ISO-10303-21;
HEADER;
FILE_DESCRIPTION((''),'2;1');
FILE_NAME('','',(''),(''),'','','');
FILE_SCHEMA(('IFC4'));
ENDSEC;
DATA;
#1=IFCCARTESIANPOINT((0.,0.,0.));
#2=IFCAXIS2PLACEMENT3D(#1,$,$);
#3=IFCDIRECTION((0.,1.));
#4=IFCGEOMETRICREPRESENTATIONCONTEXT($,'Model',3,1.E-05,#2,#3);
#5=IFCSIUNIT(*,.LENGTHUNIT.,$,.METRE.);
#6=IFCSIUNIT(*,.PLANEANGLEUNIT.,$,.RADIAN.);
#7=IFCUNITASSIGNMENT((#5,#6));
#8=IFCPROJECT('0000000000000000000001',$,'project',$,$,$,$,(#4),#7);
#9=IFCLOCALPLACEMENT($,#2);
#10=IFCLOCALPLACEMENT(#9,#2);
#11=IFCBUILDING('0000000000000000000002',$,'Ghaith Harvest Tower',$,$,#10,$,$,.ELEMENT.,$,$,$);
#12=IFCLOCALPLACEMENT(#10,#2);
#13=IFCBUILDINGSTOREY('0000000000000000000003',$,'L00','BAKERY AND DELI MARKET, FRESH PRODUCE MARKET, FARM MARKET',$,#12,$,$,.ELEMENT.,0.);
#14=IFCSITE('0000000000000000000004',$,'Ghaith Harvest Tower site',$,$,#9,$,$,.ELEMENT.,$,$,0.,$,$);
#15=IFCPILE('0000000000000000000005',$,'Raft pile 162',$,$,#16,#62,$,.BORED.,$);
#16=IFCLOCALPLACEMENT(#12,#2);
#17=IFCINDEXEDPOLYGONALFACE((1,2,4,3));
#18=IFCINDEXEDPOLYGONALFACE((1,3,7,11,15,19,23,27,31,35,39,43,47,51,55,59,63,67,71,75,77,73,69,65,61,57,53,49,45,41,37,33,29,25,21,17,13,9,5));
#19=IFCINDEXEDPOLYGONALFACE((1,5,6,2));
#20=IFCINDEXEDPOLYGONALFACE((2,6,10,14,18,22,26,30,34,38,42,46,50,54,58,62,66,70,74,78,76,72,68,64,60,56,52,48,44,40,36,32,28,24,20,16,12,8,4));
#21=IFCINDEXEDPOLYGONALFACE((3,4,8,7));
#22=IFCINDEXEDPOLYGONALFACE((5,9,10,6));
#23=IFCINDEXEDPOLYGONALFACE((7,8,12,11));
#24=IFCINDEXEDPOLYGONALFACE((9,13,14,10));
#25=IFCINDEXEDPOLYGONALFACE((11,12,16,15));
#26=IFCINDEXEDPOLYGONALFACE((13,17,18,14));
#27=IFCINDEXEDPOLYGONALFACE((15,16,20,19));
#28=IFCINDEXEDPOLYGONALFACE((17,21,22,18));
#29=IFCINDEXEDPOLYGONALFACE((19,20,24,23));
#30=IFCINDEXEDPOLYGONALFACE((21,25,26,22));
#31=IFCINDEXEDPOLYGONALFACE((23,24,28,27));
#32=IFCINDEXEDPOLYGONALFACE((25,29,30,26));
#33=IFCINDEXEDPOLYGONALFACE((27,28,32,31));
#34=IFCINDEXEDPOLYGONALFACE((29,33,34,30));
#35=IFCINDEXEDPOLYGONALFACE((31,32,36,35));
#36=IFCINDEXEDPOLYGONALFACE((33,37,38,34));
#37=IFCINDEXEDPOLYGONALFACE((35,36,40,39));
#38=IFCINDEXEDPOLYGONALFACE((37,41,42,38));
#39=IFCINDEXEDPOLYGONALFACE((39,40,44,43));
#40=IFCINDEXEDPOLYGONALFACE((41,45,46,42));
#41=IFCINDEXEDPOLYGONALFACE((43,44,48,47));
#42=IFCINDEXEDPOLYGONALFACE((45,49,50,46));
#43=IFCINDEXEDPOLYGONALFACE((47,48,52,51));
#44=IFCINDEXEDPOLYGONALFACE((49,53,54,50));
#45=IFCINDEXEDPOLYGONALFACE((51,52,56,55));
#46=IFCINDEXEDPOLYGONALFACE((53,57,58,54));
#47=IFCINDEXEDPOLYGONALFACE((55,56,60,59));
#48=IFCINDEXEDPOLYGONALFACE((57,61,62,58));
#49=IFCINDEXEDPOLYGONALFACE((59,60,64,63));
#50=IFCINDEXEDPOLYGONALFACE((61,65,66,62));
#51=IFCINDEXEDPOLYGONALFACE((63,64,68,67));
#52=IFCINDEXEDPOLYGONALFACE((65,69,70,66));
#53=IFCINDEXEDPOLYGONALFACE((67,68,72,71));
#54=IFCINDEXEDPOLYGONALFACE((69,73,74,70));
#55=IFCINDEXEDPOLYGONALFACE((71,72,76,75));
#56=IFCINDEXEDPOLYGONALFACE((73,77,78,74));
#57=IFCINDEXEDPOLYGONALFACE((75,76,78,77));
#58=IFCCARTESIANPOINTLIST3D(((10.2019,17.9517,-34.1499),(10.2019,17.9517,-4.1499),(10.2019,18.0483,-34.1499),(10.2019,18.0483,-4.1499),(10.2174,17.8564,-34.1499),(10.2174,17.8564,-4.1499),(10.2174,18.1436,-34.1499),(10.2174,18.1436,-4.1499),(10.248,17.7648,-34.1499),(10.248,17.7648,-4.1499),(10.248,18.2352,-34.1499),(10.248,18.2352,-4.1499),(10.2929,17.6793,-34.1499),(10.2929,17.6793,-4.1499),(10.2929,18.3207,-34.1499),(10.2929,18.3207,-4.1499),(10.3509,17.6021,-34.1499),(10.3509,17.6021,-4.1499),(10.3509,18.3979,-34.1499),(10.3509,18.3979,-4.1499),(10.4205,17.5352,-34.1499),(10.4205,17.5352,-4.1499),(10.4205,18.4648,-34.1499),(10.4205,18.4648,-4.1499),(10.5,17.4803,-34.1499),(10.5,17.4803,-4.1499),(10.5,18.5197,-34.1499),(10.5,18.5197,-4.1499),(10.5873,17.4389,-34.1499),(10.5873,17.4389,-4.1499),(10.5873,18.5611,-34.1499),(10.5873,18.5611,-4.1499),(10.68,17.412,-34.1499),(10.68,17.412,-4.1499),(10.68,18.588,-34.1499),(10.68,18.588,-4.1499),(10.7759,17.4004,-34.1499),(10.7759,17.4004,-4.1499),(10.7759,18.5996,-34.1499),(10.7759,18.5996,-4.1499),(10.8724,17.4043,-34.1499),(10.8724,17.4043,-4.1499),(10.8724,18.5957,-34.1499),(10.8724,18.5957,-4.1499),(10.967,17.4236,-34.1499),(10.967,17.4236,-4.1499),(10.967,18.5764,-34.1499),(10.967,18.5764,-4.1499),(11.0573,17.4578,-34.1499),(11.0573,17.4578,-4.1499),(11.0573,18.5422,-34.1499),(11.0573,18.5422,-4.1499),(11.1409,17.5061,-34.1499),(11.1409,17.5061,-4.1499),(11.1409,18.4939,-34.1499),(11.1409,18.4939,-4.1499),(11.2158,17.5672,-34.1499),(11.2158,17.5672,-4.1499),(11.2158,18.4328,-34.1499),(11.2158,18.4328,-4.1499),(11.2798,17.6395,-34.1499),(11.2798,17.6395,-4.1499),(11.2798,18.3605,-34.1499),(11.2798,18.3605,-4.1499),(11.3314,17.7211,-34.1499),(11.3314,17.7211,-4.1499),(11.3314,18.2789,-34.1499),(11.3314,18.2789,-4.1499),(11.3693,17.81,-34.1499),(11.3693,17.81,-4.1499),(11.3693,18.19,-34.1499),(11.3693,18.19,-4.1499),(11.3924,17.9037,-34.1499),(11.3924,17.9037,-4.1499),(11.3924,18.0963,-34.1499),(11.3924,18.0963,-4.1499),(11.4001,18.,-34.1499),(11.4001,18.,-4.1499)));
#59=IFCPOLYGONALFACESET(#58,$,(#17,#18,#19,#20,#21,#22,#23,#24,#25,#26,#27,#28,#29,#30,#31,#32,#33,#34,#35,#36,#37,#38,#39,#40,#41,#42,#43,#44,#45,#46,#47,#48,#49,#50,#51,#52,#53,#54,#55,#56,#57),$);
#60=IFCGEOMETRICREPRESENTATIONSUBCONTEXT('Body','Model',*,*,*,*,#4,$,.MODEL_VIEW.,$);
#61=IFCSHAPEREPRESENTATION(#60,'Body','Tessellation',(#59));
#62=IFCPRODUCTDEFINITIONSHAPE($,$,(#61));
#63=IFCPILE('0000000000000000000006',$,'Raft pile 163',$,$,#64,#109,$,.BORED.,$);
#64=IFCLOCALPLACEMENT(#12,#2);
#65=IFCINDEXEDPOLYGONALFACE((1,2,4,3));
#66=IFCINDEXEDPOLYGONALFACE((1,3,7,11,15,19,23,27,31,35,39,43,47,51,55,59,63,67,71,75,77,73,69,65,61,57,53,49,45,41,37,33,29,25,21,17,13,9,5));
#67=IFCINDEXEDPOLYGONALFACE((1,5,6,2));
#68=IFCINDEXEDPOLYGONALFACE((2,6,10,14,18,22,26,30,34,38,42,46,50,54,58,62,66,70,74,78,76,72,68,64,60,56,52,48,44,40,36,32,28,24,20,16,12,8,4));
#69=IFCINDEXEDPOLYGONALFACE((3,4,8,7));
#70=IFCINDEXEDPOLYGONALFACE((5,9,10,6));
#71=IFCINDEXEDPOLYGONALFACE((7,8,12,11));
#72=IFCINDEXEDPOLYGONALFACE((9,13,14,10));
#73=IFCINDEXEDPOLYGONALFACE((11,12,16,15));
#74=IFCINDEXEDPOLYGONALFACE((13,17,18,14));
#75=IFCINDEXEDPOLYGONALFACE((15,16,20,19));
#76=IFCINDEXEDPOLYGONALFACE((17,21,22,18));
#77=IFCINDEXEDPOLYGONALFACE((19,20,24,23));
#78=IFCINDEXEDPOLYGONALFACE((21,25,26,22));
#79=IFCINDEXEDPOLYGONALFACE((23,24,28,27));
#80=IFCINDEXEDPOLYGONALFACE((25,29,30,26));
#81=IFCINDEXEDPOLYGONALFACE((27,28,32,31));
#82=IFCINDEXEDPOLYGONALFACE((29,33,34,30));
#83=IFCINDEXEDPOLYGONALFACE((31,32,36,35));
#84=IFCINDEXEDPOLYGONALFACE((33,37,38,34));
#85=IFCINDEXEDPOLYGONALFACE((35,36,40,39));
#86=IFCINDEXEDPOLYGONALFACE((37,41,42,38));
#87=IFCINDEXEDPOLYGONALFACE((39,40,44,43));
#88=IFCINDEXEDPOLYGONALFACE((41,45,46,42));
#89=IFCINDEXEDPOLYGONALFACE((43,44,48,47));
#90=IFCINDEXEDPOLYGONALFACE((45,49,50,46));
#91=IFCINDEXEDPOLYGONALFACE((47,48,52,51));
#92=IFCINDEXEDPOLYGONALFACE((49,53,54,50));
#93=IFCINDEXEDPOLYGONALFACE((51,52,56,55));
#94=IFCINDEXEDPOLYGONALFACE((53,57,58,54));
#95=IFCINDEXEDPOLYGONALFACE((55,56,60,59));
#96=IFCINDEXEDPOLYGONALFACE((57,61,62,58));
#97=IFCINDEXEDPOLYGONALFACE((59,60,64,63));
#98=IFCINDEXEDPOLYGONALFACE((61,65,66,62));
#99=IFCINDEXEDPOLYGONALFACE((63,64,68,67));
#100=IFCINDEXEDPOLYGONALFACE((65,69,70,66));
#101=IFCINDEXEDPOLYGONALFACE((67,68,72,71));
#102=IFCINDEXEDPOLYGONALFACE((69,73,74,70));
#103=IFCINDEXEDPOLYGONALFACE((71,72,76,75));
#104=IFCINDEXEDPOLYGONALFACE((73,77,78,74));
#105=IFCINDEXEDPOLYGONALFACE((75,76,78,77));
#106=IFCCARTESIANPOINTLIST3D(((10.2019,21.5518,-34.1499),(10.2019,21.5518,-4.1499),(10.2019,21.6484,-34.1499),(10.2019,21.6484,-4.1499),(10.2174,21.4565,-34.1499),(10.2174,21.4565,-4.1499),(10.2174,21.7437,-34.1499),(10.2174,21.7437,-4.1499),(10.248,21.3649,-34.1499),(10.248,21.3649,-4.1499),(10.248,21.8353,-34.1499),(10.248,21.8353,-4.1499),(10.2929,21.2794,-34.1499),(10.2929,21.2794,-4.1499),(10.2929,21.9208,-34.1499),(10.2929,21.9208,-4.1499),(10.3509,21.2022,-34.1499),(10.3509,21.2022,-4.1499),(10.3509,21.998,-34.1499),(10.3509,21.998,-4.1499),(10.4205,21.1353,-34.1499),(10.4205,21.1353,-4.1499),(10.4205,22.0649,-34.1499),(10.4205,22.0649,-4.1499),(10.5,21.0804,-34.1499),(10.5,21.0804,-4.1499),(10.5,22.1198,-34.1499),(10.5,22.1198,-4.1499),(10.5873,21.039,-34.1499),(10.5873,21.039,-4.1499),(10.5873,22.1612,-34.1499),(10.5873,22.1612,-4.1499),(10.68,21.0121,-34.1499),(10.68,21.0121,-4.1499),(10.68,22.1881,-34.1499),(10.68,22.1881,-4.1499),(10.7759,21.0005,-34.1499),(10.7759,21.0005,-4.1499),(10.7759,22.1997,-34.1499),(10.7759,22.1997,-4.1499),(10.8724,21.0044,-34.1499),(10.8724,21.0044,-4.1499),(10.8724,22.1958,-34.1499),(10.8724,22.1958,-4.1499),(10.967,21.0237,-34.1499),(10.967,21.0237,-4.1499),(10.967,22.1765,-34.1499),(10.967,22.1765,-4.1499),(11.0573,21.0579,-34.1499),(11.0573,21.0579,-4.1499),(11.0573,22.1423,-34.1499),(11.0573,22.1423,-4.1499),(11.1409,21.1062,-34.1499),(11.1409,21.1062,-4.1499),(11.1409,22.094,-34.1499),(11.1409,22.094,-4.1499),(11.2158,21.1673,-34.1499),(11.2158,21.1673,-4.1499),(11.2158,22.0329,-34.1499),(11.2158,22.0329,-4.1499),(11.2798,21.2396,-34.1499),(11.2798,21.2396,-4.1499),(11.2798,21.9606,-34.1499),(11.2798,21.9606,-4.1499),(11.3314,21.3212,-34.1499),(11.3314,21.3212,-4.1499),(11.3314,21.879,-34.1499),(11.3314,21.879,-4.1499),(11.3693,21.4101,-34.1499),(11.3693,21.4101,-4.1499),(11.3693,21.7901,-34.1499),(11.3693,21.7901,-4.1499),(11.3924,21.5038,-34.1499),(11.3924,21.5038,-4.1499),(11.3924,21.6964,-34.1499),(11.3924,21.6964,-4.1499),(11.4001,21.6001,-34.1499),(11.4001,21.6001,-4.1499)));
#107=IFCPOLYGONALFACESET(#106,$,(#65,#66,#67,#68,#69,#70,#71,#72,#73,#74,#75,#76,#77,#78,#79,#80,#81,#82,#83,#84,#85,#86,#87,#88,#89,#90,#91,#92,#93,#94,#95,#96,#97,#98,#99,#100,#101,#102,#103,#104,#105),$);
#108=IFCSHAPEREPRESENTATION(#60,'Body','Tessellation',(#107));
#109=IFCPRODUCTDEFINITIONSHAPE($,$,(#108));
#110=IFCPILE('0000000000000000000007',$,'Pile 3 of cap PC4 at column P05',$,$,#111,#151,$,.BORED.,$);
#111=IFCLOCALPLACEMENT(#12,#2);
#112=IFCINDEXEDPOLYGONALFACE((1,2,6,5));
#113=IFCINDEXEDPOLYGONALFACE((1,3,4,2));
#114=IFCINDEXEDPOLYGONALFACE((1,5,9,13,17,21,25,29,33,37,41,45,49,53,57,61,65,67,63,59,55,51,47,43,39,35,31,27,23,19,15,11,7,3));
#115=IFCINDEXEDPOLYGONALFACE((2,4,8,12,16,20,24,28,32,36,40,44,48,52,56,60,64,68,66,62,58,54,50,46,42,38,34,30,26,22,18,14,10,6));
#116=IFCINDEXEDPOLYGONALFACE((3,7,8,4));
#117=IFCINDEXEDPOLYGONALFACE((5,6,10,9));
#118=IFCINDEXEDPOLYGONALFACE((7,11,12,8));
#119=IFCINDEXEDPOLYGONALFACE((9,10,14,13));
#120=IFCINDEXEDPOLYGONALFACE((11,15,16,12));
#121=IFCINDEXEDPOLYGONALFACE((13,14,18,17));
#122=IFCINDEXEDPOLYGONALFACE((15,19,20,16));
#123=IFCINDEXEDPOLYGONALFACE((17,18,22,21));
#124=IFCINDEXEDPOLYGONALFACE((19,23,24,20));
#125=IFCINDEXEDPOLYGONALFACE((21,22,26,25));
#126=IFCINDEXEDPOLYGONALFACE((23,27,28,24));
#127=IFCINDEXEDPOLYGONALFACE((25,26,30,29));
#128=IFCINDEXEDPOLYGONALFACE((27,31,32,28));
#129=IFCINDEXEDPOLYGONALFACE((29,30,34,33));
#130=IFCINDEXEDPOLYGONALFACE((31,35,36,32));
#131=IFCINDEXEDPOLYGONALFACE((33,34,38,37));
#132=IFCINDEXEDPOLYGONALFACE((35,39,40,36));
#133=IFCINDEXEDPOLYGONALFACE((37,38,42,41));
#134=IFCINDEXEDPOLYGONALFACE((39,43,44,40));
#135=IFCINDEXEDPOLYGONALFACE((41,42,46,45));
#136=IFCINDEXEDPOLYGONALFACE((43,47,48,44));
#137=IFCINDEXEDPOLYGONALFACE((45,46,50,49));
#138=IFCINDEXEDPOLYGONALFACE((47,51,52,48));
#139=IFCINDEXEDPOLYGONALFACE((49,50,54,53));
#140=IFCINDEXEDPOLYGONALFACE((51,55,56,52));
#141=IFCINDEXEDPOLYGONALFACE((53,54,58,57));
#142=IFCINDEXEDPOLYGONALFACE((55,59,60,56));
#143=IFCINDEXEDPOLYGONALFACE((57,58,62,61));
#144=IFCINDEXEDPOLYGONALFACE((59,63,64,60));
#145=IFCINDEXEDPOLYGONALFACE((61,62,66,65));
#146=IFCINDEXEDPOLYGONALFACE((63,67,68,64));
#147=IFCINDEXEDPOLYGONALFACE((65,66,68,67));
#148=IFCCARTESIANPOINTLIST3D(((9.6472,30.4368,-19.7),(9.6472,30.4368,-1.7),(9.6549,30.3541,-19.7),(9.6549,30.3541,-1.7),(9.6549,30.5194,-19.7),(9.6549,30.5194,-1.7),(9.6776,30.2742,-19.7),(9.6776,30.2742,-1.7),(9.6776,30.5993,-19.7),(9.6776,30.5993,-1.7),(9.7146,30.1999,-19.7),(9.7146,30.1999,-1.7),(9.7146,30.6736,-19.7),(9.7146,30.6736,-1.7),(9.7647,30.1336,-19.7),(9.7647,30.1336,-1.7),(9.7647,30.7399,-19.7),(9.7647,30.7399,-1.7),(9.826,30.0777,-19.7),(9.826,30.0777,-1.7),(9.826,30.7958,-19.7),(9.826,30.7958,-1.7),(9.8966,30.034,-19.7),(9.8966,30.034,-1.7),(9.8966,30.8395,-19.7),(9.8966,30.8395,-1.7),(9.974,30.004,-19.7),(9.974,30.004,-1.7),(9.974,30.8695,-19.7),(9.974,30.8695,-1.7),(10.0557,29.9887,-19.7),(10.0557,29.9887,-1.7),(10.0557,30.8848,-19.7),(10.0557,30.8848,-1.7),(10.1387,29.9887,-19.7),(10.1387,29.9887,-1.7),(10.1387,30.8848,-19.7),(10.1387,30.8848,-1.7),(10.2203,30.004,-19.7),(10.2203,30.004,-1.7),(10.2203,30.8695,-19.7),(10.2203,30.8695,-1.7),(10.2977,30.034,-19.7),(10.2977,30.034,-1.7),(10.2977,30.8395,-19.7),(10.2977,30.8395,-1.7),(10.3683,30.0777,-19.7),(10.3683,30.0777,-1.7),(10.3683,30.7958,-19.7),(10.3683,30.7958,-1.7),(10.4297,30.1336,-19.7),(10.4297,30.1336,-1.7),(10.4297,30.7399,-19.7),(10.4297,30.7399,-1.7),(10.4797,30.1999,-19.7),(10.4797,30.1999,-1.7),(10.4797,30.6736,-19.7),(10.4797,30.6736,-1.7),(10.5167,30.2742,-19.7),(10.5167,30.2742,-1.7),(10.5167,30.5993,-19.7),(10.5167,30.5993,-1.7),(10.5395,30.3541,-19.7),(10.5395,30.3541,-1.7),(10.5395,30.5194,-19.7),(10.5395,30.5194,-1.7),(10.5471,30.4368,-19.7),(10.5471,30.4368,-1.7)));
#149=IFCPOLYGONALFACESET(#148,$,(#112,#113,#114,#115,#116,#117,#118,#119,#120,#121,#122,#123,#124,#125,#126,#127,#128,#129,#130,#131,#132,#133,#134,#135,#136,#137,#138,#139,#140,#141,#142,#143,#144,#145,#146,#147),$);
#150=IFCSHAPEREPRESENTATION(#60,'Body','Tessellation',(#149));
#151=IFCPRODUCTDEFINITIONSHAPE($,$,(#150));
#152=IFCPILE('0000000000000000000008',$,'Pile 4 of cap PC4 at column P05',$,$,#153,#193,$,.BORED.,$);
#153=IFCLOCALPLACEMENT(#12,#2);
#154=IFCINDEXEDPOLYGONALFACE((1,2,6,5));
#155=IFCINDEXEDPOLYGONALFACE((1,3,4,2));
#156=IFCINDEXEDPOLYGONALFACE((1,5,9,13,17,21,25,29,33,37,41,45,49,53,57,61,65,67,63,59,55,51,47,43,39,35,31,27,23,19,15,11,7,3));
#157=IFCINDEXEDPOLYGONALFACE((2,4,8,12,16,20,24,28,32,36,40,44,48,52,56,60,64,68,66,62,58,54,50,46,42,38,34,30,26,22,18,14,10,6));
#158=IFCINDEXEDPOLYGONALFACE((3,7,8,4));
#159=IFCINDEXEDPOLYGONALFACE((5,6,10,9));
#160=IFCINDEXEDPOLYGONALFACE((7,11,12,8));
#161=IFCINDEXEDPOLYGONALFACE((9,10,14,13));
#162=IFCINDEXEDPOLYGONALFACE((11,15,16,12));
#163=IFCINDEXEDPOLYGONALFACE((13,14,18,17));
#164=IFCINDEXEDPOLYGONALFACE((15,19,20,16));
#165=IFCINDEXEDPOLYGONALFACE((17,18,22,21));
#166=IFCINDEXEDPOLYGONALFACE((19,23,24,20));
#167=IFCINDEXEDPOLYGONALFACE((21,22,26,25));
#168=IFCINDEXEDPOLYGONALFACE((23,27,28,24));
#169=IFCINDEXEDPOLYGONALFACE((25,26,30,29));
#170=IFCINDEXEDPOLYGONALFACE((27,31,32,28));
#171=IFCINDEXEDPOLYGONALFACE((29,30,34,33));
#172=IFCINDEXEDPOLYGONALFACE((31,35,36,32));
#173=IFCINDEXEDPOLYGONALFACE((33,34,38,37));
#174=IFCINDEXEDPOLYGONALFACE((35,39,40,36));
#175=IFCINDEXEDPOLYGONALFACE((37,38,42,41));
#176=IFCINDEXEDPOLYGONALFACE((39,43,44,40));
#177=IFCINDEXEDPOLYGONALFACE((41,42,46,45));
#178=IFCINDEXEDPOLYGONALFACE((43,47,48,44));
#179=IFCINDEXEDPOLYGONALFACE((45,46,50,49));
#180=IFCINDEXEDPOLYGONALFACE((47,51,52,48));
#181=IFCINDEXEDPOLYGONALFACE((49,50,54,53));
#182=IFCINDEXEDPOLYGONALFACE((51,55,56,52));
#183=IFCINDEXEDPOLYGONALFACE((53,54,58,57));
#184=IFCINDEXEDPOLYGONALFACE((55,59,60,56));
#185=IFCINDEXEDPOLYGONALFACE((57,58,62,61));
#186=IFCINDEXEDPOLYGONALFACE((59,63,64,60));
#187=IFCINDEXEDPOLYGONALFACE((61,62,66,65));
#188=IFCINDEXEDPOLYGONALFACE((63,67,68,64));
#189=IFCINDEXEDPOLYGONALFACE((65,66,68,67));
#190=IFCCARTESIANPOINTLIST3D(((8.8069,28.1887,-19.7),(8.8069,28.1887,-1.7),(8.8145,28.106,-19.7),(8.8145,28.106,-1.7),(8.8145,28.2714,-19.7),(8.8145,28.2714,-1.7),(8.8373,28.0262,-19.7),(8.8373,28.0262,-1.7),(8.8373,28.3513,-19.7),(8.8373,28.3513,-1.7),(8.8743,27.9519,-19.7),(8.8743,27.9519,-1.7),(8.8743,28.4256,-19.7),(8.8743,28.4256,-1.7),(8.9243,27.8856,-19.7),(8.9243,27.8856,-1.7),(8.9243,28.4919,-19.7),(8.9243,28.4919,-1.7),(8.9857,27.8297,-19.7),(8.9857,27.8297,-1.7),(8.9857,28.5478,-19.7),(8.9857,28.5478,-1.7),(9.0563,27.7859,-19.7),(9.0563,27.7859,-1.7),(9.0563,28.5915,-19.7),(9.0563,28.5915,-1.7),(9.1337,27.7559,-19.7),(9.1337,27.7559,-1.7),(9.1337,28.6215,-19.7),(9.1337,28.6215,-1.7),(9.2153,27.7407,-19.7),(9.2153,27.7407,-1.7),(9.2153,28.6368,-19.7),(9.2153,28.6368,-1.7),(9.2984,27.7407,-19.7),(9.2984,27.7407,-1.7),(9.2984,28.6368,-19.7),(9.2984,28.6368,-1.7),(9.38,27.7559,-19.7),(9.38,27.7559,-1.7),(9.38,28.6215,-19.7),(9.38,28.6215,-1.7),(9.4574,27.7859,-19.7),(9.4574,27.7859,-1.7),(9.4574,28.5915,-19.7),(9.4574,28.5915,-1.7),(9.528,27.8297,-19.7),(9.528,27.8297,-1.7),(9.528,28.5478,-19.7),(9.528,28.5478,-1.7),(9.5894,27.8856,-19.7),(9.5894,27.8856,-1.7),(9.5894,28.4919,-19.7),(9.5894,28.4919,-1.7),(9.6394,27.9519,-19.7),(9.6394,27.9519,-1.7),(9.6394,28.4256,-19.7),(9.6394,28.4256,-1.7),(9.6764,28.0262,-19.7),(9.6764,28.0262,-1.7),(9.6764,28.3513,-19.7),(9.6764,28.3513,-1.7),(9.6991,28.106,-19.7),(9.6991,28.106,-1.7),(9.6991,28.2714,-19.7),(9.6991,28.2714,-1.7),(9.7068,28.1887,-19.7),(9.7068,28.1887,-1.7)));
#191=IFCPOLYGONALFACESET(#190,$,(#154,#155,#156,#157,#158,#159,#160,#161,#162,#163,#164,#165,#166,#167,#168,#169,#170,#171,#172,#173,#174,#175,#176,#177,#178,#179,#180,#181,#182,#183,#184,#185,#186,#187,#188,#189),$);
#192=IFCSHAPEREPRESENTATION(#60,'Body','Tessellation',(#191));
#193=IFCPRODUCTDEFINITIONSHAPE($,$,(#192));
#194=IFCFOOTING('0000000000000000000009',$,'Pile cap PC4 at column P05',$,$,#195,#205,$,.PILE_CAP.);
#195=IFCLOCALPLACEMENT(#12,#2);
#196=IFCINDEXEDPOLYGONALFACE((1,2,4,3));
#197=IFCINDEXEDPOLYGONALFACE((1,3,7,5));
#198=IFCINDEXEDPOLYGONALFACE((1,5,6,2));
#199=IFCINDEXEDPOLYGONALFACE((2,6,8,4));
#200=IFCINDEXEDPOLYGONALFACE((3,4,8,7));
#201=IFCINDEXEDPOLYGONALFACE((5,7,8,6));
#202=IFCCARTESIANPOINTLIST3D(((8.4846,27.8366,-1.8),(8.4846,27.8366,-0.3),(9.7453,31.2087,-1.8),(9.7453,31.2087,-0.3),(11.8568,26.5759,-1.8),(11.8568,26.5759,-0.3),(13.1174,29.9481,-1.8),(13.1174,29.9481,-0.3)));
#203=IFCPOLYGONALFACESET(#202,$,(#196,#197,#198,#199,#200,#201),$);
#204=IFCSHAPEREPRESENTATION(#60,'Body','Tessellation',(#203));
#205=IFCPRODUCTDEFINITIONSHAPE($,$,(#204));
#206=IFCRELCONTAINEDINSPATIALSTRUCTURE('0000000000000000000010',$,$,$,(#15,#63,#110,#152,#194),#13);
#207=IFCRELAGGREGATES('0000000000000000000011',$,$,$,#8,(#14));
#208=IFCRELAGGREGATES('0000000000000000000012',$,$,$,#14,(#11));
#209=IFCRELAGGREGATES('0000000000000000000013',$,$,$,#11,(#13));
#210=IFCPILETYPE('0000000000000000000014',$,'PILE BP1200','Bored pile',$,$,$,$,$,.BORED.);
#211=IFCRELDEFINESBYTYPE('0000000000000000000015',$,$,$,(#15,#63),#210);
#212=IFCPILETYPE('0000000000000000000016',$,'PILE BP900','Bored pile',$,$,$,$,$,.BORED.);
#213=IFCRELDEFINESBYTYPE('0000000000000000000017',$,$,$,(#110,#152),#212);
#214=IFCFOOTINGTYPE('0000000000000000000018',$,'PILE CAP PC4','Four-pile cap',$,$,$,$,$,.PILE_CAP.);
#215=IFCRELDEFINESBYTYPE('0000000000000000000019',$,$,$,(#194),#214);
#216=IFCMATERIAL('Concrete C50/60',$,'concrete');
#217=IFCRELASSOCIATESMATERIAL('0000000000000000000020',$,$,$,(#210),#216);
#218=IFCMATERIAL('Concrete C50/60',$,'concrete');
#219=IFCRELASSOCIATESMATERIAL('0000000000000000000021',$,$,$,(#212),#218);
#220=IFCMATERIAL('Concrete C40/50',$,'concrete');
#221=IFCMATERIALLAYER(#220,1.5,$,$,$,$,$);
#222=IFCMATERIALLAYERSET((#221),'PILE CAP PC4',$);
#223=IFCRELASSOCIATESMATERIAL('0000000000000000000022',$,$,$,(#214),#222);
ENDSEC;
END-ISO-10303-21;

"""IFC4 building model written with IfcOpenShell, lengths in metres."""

from ifc_helpers import new_model, si_unit, direction, frame, origin, origin_2d, place, context, subcontext, project, spatial, rectangle, circle, extrude, material, layer, layer_set, material_profile, profile_set, type_object, element, save


model = new_model("IFC4")

# Units and contexts
model_context = context("Model", 3, precision=1e-05, world=origin(), true_north=direction((0.0, 1.0)))
body_context = subcontext(model_context, "Body", "Model", "MODEL_VIEW")
ifc_project = project(units=[si_unit("LENGTHUNIT", "METRE"), si_unit("PLANEANGLEUNIT", "RADIAN")], contexts=[model_context])

# Site, building, storey
site_placement = place(None, origin())
site = spatial("IfcSite", under=ifc_project, at=site_placement, Name="Ghaith Harvest Tower site", CompositionType="ELEMENT", RefElevation=0.0)
building_placement = place(site_placement, origin())
building = spatial("IfcBuilding", under=site, at=building_placement, Name="Ghaith Harvest Tower", CompositionType="ELEMENT")
storey_placement = place(building_placement, origin())
storey = spatial("IfcBuildingStorey", under=building, at=storey_placement, Name="L00", Description="BAKERY AND DELI MARKET, FRESH PRODUCE MARKET, FARM MARKET", CompositionType="ELEMENT", Elevation=0.0)

# Piles
ifc_material_1 = material(Name="Concrete C50/60", Category="concrete")
ifc_material_profile_1 = material_profile(ifc_material_1, circle(Radius=0.6001, at=origin_2d()), Name="PILE1200")
ifc_profile_set_1 = profile_set([ifc_material_profile_1], Name="Concrete C50/60")
pile_type_1 = type_object("IfcPileType", Name="PILE BP1200", Description="Bored pile", PredefinedType="BORED", material=ifc_profile_set_1)
for number, where, z_axis, x_axis, name in (
    (1, (10.8, 18.0, -4.1499), (0.0, 0.0, -1.0), (1.0, 0.0, 0.0), "Raft pile 162"),
    (2, (10.8, 21.6001, -4.1499), (0.0, 0.0, -1.0), (1.0, 0.0, 0.0), "Raft pile 163"),
):
    element("IfcPile", number, at=place(storey_placement, frame(where, z_axis=z_axis, x_axis=x_axis)), inside=storey, type_object=pile_type_1, Name=name, PredefinedType="BORED", context=body_context, shape_type="SweptSolid", body=[
        extrude(circle(Radius=0.6001, at=origin_2d()), origin(), (0.0, 0.0, 1.0), 30.0),
    ])
ifc_material_2 = material(Name="Concrete C50/60", Category="concrete")
ifc_material_profile_2 = material_profile(ifc_material_2, circle(Radius=0.45, at=origin_2d()), Name="PILE900")
ifc_profile_set_2 = profile_set([ifc_material_profile_2], Name="Concrete C50/60")
pile_type_2 = type_object("IfcPileType", Name="PILE BP900", Description="Bored pile", PredefinedType="BORED", material=ifc_profile_set_2)
for number, where, z_axis, x_axis, name in (
    (3, (10.0972, 30.4368, -1.7), (0.0, 0.0, -1.0), (1.0, 0.0, 0.0), "Pile 3 of cap PC4 at column P05"),
    (4, (9.2568, 28.1887, -1.7), (0.0, 0.0, -1.0), (1.0, 0.0, 0.0), "Pile 4 of cap PC4 at column P05"),
):
    element("IfcPile", number, at=place(storey_placement, frame(where, z_axis=z_axis, x_axis=x_axis)), inside=storey, type_object=pile_type_2, Name=name, PredefinedType="BORED", context=body_context, shape_type="SweptSolid", body=[
        extrude(circle(Radius=0.45, at=origin_2d()), origin(), (0.0, 0.0, 1.0), 18.0),
    ])

# Footing
ifc_material_3 = material(Name="Concrete C40/50", Category="concrete")
ifc_layer_1 = layer(ifc_material_3, 1.5)
ifc_layer_set_1 = layer_set([ifc_layer_1], Name="PILE CAP PC4")
footing_type = type_object("IfcFootingType", Name="PILE CAP PC4", Description="Four-pile cap", PredefinedType="PILE_CAP", material=ifc_layer_set_1)
footing_placement = place(storey_placement, frame((10.801, 28.8923, -1.8), z_axis=(0.0, 0.0, 1.0), x_axis=(0.350168, 0.936687, 0.0)))
element("IfcFooting", 5, at=footing_placement, inside=storey, type_object=footing_type, Name="Pile cap PC4 at column P05", PredefinedType="PILE_CAP", context=body_context, shape_type="SweptSolid", body=[
    extrude(rectangle(XDim=3.6001, YDim=3.6001, at=origin_2d()), origin(), (0.0, 0.0, 1.0), 1.5),
])

save(model, "model.ifc")
